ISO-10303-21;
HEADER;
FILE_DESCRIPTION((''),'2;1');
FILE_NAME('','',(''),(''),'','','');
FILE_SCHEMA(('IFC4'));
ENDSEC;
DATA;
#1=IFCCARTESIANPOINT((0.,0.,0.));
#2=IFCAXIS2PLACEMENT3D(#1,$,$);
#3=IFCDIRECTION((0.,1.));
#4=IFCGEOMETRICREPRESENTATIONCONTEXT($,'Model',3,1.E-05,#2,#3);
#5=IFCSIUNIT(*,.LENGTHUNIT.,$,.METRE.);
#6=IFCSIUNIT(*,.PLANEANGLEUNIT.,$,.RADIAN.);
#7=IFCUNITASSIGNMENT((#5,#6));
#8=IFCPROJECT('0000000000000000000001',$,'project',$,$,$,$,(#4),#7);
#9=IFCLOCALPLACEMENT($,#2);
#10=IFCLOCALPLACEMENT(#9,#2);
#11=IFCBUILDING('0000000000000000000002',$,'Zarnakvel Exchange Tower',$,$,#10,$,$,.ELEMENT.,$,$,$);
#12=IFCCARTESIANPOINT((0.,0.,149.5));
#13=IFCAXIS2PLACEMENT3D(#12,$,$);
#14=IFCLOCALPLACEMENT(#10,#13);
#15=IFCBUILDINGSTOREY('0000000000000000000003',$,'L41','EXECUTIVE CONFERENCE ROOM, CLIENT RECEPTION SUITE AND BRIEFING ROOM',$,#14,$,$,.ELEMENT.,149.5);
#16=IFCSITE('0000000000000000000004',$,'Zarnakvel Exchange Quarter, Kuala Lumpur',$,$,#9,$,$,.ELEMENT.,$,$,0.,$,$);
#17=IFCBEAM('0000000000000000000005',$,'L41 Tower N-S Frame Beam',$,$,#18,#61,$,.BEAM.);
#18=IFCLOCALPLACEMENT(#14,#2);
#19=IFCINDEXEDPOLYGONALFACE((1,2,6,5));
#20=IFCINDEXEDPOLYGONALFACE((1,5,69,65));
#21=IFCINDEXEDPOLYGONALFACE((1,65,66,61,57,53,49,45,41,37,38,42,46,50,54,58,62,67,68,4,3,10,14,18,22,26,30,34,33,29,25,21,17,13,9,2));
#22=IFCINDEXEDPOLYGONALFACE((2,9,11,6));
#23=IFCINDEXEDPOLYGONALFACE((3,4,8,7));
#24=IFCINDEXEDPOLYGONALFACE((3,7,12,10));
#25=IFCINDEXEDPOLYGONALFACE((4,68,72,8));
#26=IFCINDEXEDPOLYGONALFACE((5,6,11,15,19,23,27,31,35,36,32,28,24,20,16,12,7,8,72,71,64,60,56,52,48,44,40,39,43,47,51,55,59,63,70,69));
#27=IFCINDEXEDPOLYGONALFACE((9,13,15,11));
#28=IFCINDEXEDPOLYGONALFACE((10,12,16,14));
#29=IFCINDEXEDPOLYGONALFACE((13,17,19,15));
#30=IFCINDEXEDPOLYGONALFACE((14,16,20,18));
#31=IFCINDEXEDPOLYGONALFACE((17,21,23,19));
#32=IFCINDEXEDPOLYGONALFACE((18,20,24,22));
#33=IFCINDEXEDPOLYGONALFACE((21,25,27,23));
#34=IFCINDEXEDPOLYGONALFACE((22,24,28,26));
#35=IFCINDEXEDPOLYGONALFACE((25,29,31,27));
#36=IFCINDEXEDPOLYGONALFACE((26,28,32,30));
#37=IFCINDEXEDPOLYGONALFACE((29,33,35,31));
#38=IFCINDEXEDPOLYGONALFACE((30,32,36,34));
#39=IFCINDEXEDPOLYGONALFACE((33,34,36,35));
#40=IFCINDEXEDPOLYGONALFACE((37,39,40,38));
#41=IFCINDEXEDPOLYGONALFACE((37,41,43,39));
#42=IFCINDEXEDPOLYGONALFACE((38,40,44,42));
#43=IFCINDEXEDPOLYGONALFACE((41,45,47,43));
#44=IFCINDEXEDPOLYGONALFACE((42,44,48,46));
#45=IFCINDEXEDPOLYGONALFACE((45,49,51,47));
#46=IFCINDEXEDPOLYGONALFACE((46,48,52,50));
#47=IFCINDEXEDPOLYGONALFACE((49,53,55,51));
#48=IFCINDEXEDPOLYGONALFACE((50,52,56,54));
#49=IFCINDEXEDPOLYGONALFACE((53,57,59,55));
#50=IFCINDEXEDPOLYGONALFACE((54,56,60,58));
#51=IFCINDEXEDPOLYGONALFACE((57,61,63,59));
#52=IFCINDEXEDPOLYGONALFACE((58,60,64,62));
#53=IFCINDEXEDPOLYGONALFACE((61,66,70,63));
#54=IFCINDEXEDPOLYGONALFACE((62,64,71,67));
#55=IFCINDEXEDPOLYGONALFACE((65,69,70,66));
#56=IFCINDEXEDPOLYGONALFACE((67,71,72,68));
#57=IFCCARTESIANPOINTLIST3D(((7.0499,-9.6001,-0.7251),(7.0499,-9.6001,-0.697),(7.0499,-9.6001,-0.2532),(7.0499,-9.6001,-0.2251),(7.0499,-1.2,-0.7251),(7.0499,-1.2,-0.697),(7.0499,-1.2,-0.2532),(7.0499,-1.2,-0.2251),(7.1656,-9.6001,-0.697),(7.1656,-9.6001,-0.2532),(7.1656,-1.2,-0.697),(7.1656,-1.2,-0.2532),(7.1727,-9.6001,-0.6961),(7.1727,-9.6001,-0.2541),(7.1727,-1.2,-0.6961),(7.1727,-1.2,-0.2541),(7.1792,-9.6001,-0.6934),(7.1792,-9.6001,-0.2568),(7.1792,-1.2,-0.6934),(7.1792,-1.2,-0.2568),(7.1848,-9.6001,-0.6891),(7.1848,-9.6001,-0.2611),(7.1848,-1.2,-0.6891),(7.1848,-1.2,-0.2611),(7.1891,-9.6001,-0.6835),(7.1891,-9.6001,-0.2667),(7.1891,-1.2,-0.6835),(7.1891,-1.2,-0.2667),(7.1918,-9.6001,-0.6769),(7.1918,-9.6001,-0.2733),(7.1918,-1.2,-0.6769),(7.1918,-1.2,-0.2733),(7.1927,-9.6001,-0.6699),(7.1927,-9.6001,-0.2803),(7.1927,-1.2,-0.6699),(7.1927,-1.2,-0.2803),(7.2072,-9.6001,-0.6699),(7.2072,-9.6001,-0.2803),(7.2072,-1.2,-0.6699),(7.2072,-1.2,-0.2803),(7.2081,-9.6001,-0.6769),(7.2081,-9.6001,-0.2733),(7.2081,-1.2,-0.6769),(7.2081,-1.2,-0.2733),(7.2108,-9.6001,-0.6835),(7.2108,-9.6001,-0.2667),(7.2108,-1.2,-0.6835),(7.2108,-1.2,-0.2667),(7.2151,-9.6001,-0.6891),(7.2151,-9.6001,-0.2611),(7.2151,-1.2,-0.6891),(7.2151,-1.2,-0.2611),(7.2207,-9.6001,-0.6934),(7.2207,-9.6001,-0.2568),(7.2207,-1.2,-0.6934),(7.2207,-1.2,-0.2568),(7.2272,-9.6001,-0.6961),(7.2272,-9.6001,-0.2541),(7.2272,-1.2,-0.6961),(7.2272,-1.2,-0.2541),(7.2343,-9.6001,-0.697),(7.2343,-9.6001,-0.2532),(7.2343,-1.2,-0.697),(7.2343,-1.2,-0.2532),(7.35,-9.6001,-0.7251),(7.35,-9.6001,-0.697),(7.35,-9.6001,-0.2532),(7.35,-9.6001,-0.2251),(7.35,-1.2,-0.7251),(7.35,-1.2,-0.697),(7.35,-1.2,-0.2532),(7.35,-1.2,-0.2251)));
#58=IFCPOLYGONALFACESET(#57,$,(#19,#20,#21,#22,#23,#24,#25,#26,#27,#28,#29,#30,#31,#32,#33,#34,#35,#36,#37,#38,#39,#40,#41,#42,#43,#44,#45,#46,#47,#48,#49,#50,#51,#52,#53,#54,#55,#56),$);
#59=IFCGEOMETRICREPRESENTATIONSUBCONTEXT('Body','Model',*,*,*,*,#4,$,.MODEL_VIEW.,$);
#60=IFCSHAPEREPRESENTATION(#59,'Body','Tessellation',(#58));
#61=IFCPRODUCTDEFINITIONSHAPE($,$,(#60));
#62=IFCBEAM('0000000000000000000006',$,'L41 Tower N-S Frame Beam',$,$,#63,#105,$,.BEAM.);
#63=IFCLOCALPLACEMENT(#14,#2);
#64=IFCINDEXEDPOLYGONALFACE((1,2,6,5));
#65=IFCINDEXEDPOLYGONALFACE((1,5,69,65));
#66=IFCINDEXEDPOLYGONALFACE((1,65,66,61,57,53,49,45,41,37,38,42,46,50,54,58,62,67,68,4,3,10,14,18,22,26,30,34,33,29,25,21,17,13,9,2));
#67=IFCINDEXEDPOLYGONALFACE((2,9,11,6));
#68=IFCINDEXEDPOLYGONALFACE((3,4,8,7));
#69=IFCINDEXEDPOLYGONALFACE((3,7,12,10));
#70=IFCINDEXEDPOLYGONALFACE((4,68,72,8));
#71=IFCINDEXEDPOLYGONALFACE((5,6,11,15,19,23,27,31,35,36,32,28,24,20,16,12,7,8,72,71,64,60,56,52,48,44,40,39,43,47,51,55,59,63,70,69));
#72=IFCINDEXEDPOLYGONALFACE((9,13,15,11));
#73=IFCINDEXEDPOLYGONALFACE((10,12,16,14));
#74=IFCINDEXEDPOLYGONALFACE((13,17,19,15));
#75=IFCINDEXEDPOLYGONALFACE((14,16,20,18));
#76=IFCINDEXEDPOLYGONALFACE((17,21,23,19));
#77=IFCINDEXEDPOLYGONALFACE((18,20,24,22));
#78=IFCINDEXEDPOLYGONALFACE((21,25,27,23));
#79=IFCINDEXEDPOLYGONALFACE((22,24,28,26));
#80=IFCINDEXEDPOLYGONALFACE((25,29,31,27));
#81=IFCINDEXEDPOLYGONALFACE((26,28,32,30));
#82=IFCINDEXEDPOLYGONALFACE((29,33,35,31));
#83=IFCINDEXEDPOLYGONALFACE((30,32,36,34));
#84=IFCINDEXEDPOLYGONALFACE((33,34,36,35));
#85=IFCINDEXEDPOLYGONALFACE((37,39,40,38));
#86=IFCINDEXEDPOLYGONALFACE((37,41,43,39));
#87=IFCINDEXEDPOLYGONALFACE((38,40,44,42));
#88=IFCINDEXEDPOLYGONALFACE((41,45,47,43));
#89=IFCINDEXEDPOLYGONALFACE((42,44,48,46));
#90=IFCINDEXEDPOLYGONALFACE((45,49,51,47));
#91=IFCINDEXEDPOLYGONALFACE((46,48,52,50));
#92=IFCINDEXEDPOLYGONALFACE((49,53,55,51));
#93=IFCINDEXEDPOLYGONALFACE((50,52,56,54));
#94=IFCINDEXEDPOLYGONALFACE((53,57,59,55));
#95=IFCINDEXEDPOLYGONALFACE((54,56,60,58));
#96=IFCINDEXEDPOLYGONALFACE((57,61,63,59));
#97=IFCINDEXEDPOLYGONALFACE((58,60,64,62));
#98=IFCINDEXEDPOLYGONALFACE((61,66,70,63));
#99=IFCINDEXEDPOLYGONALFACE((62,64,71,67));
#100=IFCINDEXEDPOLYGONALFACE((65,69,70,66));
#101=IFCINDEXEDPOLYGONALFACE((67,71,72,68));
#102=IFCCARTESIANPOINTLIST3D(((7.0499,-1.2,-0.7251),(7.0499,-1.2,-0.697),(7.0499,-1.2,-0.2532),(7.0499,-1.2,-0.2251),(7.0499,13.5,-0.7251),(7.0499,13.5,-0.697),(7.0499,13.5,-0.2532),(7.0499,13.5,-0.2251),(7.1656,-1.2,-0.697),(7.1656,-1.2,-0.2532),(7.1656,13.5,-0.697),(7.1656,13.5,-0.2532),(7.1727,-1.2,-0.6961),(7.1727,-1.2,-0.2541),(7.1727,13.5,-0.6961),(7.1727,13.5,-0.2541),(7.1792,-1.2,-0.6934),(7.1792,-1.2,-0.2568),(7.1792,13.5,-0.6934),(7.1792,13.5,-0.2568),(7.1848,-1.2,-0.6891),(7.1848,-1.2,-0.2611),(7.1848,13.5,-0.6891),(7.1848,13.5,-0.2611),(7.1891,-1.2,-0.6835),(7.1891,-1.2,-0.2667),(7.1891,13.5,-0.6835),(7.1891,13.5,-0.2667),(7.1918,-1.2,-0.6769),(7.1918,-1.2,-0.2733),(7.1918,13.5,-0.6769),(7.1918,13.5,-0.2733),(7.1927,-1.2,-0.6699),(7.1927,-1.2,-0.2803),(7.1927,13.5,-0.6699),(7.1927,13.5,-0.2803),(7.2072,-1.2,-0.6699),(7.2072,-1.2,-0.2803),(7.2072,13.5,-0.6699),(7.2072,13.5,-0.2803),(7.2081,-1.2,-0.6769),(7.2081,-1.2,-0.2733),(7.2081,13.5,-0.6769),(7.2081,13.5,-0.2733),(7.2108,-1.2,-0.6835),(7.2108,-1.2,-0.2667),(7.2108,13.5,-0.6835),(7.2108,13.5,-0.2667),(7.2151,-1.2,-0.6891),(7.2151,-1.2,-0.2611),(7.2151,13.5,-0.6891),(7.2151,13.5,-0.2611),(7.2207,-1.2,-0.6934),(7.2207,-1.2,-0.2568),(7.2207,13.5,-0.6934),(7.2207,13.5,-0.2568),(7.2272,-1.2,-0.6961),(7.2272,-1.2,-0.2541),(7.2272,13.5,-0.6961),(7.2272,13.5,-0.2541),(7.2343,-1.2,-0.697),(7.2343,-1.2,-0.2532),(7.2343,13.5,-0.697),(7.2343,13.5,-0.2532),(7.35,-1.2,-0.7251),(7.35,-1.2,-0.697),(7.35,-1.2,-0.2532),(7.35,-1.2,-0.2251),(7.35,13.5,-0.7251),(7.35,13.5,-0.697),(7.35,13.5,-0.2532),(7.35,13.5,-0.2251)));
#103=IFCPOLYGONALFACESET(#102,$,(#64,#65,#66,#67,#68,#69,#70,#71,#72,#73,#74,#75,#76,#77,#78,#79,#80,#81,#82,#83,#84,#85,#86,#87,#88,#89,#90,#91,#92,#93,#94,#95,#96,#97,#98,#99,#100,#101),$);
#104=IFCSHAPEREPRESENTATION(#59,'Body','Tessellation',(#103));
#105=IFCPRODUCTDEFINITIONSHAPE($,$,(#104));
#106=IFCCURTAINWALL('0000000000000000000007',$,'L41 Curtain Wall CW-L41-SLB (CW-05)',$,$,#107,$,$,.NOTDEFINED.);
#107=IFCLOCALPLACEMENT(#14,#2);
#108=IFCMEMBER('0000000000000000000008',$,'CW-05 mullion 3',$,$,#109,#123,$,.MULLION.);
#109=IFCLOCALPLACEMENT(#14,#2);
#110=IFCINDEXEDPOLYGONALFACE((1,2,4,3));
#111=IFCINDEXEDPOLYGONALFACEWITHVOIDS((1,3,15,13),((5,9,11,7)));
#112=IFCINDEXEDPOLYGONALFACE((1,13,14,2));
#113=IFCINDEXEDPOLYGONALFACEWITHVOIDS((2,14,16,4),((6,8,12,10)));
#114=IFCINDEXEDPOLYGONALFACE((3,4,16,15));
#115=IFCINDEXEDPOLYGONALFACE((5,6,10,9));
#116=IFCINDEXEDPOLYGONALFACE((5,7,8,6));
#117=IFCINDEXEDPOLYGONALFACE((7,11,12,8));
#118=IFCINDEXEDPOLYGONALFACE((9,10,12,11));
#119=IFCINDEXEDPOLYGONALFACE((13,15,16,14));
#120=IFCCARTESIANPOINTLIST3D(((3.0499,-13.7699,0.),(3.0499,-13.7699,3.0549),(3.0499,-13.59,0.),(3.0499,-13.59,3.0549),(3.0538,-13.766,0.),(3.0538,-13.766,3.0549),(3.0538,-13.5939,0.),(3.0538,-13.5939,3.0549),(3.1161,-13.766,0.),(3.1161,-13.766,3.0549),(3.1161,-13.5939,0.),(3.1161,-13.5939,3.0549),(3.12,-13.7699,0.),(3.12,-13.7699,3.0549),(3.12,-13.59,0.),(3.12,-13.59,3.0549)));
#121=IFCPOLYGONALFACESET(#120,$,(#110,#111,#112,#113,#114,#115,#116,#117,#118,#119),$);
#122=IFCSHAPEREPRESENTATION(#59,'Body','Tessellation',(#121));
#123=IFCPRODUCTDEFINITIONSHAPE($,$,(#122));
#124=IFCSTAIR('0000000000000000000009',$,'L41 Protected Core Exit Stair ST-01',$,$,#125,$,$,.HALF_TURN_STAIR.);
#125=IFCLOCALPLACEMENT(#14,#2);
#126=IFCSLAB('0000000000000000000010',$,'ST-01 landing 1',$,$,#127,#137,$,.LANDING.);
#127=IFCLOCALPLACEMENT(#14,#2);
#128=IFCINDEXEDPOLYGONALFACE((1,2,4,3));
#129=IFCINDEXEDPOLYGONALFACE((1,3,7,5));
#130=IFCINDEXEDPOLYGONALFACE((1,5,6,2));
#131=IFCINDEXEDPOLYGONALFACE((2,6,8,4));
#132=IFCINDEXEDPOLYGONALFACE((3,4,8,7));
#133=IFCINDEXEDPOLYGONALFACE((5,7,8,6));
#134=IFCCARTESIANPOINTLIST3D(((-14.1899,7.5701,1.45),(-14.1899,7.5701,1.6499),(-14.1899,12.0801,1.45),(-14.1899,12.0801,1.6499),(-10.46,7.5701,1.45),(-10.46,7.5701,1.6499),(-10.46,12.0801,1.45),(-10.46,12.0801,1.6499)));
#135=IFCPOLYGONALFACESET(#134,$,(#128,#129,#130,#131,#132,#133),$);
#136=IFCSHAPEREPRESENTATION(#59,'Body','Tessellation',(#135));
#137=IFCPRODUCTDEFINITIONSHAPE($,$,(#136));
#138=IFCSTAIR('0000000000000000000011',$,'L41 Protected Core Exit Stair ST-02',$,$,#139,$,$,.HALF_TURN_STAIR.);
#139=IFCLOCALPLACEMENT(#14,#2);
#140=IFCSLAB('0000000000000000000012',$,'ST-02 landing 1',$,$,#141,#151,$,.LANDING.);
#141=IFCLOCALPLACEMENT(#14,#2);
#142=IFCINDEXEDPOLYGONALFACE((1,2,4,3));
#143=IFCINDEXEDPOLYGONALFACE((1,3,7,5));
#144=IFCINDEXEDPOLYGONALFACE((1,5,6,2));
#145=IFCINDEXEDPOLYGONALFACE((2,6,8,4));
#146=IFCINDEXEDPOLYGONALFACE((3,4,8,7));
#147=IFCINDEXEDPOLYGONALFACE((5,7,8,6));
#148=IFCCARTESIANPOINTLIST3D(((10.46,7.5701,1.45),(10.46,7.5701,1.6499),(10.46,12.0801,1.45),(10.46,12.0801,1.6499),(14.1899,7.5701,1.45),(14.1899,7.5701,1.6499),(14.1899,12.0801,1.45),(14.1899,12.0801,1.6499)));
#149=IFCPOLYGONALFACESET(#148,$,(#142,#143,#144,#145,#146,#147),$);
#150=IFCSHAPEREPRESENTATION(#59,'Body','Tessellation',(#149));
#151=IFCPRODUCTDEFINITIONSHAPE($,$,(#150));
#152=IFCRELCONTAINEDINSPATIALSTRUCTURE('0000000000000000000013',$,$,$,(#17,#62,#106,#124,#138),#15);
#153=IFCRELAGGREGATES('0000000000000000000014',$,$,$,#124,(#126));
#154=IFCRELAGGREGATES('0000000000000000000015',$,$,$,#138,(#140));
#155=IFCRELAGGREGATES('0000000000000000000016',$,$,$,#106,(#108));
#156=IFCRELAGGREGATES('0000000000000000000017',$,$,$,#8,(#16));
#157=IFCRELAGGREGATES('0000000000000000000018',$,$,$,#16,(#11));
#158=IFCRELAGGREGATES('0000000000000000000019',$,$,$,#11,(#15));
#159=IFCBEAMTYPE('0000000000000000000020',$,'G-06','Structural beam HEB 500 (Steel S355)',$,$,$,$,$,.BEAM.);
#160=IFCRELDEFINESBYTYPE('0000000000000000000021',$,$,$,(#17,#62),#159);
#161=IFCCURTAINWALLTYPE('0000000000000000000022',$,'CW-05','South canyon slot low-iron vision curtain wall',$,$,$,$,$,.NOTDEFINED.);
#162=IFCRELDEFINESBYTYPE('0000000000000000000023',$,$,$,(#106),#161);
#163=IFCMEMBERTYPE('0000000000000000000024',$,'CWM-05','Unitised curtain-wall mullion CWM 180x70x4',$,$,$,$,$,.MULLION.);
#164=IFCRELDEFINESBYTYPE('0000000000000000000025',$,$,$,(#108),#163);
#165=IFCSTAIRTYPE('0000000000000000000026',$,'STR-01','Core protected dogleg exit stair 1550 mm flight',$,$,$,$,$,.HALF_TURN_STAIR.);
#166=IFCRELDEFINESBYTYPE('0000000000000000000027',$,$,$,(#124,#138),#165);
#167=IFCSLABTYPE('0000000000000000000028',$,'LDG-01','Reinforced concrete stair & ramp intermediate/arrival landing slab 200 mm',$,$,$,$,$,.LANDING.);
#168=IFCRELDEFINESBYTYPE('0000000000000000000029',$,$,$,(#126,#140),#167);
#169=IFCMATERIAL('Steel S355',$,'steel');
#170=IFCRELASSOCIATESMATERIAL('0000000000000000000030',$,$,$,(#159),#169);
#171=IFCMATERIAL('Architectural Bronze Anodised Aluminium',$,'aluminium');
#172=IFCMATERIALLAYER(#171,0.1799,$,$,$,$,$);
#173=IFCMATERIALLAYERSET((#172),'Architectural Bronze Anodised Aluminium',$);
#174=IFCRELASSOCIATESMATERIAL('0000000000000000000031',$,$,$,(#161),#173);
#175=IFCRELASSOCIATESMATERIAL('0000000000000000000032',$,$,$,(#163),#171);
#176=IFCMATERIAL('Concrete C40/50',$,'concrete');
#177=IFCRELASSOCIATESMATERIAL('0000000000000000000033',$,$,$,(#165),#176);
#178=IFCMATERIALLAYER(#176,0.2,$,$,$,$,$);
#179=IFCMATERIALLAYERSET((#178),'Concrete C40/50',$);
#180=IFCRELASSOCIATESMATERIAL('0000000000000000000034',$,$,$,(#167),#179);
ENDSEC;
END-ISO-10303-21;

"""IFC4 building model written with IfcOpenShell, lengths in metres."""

from ifc_helpers import new_model, si_unit, direction, frame, origin, origin_2d, place, context, subcontext, project, spatial, polyline, hollow_rectangle, i_section, outline, extrude, source, transform, mapped, material, layer, layer_set, material_profile, profile_set, type_object, element, aggregate, save


model = new_model("IFC4")

# Units and contexts
model_context = context("Model", 3, precision=1e-05, world=origin(), true_north=direction((0.0, 1.0)))
body_context = subcontext(model_context, "Body", "Model", "MODEL_VIEW")
ifc_project = project(units=[si_unit("LENGTHUNIT", "METRE"), si_unit("PLANEANGLEUNIT", "RADIAN")], contexts=[model_context])

# Site, building, storey
site_placement = place(None, origin())
site = spatial("IfcSite", under=ifc_project, at=site_placement, Name="Zarnakvel Exchange Quarter, Kuala Lumpur", CompositionType="ELEMENT", RefElevation=0.0)
building_placement = place(site_placement, origin())
building = spatial("IfcBuilding", under=site, at=building_placement, Name="Zarnakvel Exchange Tower", CompositionType="ELEMENT")
storey_placement = place(building_placement, frame((0.0, 0.0, 149.5)))
storey = spatial("IfcBuildingStorey", under=building, at=storey_placement, Name="L41", Description="EXECUTIVE CONFERENCE ROOM, CLIENT RECEPTION SUITE AND BRIEFING ROOM", CompositionType="ELEMENT", Elevation=149.5)

# Beams
ifc_material_1 = material(Name="Steel S355", Category="steel")
ifc_material_profile_1 = material_profile(ifc_material_1, i_section(OverallWidth=0.3, OverallDepth=0.5, WebThickness=0.0144, FlangeThickness=0.0281, FilletRadius=0.0271, at=origin_2d()))
ifc_profile_set_1 = profile_set([ifc_material_profile_1], Name="Steel S355")
beam_type_1 = type_object("IfcBeamType", Name="G-06", Description="Structural beam HEB 500 (Steel S355)", PredefinedType="BEAM", material=ifc_profile_set_1)
beam_1_placement = place(storey_placement, frame((7.2, -9.6001, -0.4751), z_axis=(0.0, 1.0, 0.0), x_axis=(-1.0, 0.0, 0.0)))
element("IfcBeam", 1, at=beam_1_placement, inside=storey, type_object=beam_type_1, Name="L41 Tower N-S Frame Beam", PredefinedType="BEAM", context=body_context, shape_type="SweptSolid", body=[
    extrude(i_section(OverallWidth=0.3, OverallDepth=0.5, WebThickness=0.0144, FlangeThickness=0.0281, FilletRadius=0.0271, at=origin_2d()), origin(), (0.0, 0.0, 1.0), 8.4001),
])
beam_2_placement = place(storey_placement, frame((7.2, -1.2, -0.4751), z_axis=(0.0, 1.0, 0.0), x_axis=(-1.0, 0.0, 0.0)))
element("IfcBeam", 2, at=beam_2_placement, inside=storey, type_object=beam_type_1, Name="L41 Tower N-S Frame Beam", PredefinedType="BEAM", context=body_context, shape_type="SweptSolid", body=[
    extrude(i_section(OverallWidth=0.3, OverallDepth=0.5, WebThickness=0.0144, FlangeThickness=0.0281, FilletRadius=0.0271, at=origin_2d()), origin(), (0.0, 0.0, 1.0), 14.7),
])

# Curtain wall, member
ifc_material_2 = material(Name="Architectural Bronze Anodised Aluminium", Category="aluminium")
ifc_layer_1 = layer(ifc_material_2, 0.1799)
ifc_layer_set_1 = layer_set([ifc_layer_1], Name="Architectural Bronze Anodised Aluminium")
curtain_wall_type = type_object("IfcCurtainWallType", Name="CW-05", Description="South canyon slot low-iron vision curtain wall", PredefinedType="NOTDEFINED", material=ifc_layer_set_1)
curtain_wall_placement = place(storey_placement, origin())
curtain_wall = element("IfcCurtainWall", 3, at=curtain_wall_placement, inside=storey, type_object=curtain_wall_type, Name="L41 Curtain Wall CW-L41-SLB (CW-05)", PredefinedType="NOTDEFINED")
ifc_material_profile_2 = material_profile(ifc_material_2, hollow_rectangle(XDim=0.1799, YDim=0.0701, WallThickness=0.0039, at=origin_2d()))
ifc_profile_set_2 = profile_set([ifc_material_profile_2], Name="Architectural Bronze Anodised Aluminium")
member_type = type_object("IfcMemberType", Name="CWM-05", Description="Unitised curtain-wall mullion CWM 180x70x4", PredefinedType="MULLION", material=ifc_profile_set_2)
shared_shape_1 = source(origin(), body_context, "Body", "SweptSolid", [
    extrude(hollow_rectangle(XDim=0.1799, YDim=0.0701, WallThickness=0.0039, at=origin_2d()), origin(), (0.0, 0.0, 1.0), 3.0549),
])
member_placement = place(storey_placement, frame((3.085, -13.6799, 0.0), z_axis=(0.0, 0.0, 1.0), x_axis=(0.0, 1.0, 0.0)))
member = element("IfcMember", 4, at=member_placement, type_object=member_type, Name="CW-05 mullion 3", PredefinedType="MULLION", context=body_context, shape_type="MappedRepresentation", body=[
    mapped(shared_shape_1, transform((0.0, 0.0, 0.0), x_axis=(1.0, 0.0, 0.0), y_axis=(0.0, 1.0, 0.0), z_axis=(0.0, 0.0, 1.0), scale=1.0)),
])

# Stairs, slabs
ifc_material_3 = material(Name="Concrete C40/50", Category="concrete")
stair_type = type_object("IfcStairType", Name="STR-01", Description="Core protected dogleg exit stair 1550 mm flight", PredefinedType="HALF_TURN_STAIR", material=ifc_material_3)
stair_1_placement = place(storey_placement, origin())
stair_1 = element("IfcStair", 5, at=stair_1_placement, inside=storey, type_object=stair_type, Name="L41 Protected Core Exit Stair ST-01", PredefinedType="HALF_TURN_STAIR")
ifc_layer_2 = layer(ifc_material_3, 0.2)
ifc_layer_set_2 = layer_set([ifc_layer_2], Name="Concrete C40/50")
slab_type_1 = type_object("IfcSlabType", Name="LDG-01", Description="Reinforced concrete stair & ramp intermediate/arrival landing slab 200 mm", PredefinedType="LANDING", material=ifc_layer_set_2)
slab_1_placement = place(storey_placement, frame((0.0, 0.0, 1.45)))
slab_1 = element("IfcSlab", 6, at=slab_1_placement, type_object=slab_type_1, Name="ST-01 landing 1", PredefinedType="LANDING", context=body_context, shape_type="SweptSolid", body=[
    extrude(outline(polyline([(-14.1899, 7.5701), (-10.46, 7.5701), (-10.46, 12.0801), (-14.1899, 12.0801), (-14.1899, 7.5701)])), origin(), (0.0, 0.0, 1.0), 0.2),
])
aggregate(stair_1, [slab_1])
stair_2_placement = place(storey_placement, origin())
stair_2 = element("IfcStair", 7, at=stair_2_placement, inside=storey, type_object=stair_type, Name="L41 Protected Core Exit Stair ST-02", PredefinedType="HALF_TURN_STAIR")
slab_2_placement = place(storey_placement, frame((0.0, 0.0, 1.45)))
slab_2 = element("IfcSlab", 8, at=slab_2_placement, type_object=slab_type_1, Name="ST-02 landing 1", PredefinedType="LANDING", context=body_context, shape_type="SweptSolid", body=[
    extrude(outline(polyline([(10.46, 7.5701), (14.1899, 7.5701), (14.1899, 12.0801), (10.46, 12.0801), (10.46, 7.5701)])), origin(), (0.0, 0.0, 1.0), 0.2),
])
aggregate(stair_2, [slab_2])

aggregate(curtain_wall, [member])

save(model, "model.ifc")
